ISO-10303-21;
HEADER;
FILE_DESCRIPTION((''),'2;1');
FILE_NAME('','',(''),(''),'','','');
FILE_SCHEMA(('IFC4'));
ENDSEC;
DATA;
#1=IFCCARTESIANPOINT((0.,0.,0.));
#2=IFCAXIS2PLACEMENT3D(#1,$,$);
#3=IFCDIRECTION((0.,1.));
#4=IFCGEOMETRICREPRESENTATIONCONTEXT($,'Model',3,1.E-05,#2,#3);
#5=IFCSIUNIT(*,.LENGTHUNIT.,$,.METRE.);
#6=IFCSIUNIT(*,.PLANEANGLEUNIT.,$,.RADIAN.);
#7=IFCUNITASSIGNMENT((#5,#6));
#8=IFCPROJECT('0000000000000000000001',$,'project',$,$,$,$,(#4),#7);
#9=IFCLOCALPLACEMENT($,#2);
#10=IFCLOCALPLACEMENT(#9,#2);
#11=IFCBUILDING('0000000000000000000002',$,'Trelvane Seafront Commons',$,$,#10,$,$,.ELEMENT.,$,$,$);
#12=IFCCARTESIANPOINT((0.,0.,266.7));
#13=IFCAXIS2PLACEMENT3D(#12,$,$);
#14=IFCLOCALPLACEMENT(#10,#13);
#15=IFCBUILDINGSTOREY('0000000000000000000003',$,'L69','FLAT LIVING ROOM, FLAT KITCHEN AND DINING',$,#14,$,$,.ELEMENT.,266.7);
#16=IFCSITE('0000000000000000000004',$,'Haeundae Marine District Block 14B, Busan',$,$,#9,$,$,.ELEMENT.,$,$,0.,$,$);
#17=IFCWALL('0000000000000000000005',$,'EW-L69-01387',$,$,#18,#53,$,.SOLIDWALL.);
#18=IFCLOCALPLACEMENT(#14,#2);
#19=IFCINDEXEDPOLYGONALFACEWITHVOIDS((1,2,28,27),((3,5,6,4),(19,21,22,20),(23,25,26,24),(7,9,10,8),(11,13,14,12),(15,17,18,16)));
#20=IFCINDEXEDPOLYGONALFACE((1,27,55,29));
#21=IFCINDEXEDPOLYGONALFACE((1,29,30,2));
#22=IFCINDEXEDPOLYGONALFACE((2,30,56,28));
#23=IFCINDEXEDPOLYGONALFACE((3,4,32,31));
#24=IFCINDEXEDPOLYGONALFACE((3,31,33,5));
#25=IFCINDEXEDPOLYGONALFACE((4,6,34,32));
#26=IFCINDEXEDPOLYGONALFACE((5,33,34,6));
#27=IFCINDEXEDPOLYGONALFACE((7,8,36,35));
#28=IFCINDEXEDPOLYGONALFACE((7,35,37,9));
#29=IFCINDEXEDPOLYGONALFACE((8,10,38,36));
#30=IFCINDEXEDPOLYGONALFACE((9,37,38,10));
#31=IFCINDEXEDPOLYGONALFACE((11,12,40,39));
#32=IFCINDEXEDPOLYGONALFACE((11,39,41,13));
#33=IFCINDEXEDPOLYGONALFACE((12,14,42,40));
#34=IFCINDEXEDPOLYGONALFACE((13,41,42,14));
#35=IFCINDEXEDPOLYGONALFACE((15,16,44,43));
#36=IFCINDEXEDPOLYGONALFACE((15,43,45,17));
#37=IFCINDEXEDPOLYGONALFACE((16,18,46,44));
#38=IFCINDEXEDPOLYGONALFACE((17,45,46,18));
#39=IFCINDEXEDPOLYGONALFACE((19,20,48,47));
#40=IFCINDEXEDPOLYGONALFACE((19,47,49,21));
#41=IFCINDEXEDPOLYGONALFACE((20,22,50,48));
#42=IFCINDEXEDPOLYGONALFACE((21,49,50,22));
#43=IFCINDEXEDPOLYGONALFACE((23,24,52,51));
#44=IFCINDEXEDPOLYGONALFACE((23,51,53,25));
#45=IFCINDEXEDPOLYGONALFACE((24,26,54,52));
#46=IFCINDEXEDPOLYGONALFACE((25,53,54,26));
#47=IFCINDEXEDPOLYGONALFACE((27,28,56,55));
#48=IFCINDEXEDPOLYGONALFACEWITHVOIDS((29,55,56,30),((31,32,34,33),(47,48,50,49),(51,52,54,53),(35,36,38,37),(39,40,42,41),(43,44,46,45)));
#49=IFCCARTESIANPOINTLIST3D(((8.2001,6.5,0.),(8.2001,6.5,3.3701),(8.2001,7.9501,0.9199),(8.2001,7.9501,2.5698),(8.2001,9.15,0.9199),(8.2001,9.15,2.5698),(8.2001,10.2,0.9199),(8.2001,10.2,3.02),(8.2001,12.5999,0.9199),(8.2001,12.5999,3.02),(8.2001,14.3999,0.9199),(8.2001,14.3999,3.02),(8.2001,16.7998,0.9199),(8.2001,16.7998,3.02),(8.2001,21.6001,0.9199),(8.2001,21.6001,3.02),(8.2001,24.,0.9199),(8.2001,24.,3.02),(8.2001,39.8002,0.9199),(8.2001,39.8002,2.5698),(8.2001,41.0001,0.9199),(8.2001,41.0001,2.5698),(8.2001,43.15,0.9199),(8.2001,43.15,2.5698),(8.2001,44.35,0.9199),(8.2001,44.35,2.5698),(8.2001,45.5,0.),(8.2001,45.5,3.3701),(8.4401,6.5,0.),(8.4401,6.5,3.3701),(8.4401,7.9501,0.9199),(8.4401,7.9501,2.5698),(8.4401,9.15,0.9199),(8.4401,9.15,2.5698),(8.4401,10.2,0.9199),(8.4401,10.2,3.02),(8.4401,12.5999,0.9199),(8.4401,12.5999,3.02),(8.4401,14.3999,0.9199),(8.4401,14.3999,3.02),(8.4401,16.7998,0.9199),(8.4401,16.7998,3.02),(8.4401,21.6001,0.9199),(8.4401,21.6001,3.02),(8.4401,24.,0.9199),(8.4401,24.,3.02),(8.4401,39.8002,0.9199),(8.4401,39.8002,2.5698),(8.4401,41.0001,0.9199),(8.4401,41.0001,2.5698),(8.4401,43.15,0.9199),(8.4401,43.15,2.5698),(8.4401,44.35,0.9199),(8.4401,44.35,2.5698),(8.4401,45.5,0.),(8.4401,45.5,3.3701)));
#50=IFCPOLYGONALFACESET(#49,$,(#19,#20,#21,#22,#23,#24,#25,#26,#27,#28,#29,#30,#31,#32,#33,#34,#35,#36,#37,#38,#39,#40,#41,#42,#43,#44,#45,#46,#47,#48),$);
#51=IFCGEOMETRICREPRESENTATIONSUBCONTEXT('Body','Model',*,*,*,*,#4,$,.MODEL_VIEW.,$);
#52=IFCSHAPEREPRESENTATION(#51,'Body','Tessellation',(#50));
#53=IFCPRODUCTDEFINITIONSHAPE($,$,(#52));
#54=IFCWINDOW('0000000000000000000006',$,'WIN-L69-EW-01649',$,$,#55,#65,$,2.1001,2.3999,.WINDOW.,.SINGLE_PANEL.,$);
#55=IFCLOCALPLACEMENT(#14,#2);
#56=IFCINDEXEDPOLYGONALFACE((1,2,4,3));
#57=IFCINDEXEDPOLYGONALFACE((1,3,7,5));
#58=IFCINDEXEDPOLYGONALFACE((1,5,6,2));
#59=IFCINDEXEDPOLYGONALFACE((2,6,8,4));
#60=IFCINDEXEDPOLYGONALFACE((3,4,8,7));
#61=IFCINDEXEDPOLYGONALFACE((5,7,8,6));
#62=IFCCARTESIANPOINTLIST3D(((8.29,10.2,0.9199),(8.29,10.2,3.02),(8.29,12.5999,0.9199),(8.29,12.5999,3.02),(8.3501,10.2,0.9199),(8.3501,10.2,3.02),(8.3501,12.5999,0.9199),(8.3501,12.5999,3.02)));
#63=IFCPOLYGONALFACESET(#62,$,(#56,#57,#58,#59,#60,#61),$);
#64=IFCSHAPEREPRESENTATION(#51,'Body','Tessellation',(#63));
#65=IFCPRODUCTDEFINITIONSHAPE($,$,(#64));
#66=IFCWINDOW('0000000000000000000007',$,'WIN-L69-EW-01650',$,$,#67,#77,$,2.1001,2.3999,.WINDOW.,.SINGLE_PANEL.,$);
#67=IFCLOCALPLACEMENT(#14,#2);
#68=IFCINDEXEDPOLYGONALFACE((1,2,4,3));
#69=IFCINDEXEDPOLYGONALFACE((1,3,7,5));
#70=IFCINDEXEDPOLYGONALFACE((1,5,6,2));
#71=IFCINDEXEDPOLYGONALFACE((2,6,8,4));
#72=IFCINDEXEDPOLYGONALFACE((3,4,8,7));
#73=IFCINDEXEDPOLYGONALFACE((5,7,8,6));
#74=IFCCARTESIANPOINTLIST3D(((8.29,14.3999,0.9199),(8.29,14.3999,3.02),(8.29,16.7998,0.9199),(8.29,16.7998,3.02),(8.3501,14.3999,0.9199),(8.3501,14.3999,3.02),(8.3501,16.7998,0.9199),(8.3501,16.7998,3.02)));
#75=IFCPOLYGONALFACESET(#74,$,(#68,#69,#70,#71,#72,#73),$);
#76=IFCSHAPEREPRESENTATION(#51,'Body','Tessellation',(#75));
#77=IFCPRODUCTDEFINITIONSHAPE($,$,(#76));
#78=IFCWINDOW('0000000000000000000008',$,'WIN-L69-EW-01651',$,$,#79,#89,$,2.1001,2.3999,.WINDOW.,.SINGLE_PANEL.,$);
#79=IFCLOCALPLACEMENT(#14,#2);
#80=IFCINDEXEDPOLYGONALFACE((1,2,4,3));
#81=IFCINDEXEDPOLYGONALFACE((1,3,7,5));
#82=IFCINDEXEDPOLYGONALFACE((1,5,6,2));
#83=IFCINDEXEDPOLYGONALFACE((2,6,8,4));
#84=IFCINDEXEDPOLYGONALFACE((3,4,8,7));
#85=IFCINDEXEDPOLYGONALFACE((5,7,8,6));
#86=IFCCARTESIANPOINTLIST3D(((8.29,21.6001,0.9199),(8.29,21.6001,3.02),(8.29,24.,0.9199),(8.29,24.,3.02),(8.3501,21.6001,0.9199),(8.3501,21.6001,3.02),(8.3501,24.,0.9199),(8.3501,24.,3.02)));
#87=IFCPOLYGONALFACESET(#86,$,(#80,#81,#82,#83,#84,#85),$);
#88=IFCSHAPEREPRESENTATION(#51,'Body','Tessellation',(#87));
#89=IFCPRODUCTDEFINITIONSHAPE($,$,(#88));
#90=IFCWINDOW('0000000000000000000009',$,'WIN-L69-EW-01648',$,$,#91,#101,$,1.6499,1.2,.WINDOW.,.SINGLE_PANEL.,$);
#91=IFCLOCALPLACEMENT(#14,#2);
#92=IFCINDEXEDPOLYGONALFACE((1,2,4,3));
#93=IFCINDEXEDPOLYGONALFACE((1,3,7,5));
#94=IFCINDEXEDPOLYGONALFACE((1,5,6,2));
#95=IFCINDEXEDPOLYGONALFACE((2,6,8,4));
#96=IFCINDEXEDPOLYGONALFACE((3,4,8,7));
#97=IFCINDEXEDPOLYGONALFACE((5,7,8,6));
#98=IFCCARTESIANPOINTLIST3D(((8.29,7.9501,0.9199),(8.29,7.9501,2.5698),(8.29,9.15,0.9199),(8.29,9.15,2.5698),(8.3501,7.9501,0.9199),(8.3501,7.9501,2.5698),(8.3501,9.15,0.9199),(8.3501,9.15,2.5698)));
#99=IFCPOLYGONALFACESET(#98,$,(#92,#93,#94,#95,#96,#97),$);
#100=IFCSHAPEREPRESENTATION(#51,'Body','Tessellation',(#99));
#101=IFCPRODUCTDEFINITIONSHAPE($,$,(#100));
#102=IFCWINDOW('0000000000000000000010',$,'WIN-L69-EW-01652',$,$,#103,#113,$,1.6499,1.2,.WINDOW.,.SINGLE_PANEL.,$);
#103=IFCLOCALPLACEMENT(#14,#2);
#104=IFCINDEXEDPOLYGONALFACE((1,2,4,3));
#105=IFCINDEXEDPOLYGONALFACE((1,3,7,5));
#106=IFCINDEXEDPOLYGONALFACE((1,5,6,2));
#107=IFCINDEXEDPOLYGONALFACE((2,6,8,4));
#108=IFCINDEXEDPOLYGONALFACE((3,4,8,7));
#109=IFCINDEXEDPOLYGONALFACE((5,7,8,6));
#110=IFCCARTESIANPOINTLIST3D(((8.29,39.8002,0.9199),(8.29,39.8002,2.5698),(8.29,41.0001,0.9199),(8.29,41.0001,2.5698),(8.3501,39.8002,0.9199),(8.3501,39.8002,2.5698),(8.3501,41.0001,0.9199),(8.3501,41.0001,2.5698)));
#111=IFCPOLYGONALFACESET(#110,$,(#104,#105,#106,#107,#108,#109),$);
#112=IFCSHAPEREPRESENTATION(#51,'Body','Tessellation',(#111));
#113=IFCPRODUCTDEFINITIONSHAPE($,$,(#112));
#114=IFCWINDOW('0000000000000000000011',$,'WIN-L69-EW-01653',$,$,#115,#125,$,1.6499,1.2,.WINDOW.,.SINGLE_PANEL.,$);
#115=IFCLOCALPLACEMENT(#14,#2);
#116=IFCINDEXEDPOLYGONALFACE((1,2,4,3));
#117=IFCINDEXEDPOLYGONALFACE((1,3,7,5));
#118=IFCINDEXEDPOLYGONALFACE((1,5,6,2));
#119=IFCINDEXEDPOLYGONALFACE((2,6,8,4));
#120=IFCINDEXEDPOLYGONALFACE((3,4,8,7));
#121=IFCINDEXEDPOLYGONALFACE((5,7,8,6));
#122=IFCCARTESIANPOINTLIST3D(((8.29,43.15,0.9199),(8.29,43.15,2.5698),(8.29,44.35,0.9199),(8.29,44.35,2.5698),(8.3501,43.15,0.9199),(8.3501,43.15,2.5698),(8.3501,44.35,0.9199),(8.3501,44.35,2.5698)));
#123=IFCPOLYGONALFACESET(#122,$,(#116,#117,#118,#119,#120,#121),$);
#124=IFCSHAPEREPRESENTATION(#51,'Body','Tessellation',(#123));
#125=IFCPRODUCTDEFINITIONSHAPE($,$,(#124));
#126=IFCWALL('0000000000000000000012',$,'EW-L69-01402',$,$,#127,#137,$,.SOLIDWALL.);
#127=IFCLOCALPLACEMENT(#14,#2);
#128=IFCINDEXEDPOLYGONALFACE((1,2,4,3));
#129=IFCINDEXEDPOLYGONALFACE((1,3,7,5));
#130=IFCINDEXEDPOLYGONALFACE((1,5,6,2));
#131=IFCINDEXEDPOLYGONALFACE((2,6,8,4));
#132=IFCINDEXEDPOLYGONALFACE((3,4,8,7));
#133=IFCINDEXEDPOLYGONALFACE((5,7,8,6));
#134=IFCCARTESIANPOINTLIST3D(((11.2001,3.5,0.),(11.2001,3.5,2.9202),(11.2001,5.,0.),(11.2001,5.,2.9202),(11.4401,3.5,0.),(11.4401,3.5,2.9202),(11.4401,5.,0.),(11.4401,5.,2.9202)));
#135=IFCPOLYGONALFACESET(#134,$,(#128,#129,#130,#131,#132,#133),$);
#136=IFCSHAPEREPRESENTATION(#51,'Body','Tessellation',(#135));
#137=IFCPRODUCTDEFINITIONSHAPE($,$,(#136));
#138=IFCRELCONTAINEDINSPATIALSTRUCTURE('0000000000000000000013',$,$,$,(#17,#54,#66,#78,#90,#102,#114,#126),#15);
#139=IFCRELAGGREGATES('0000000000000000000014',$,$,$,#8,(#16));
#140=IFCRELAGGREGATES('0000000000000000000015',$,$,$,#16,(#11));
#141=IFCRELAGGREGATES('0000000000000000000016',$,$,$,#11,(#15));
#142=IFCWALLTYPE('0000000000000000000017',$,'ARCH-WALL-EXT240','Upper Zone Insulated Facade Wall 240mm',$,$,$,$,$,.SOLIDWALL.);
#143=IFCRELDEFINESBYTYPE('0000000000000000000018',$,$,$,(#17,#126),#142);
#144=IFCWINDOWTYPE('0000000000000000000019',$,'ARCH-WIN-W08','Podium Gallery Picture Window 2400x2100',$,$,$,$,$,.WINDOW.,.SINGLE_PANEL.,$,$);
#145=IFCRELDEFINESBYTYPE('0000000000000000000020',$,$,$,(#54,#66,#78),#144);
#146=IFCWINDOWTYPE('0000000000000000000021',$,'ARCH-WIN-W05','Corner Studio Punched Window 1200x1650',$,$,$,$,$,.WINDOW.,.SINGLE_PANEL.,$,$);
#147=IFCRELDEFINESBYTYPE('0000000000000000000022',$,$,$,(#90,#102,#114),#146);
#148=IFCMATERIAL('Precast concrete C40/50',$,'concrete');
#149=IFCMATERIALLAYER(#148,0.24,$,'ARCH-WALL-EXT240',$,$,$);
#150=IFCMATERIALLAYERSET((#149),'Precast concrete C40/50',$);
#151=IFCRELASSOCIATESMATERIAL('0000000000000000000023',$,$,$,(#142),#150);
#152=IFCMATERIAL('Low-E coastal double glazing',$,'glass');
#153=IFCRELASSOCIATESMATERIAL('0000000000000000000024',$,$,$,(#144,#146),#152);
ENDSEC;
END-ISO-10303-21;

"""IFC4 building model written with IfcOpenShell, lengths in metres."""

from ifc_helpers import new_model, si_unit, direction, frame, frame_2d, origin, place, context, subcontext, project, spatial, rectangle, extrude, source, transform, mapped, material, layer, layer_set, type_object, element, fill, save


model = new_model("IFC4")

# Units and contexts
model_context = context("Model", 3, precision=1e-05, world=origin(), true_north=direction((0.0, 1.0)))
body_context = subcontext(model_context, "Body", "Model", "MODEL_VIEW")
ifc_project = project(units=[si_unit("LENGTHUNIT", "METRE"), si_unit("PLANEANGLEUNIT", "RADIAN")], contexts=[model_context])

# Site, building, storey
site_placement = place(None, origin())
site = spatial("IfcSite", under=ifc_project, at=site_placement, Name="Haeundae Marine District Block 14B, Busan", CompositionType="ELEMENT", RefElevation=0.0)
building_placement = place(site_placement, origin())
building = spatial("IfcBuilding", under=site, at=building_placement, Name="Trelvane Seafront Commons", CompositionType="ELEMENT")
storey_placement = place(building_placement, frame((0.0, 0.0, 266.7)))
storey = spatial("IfcBuildingStorey", under=building, at=storey_placement, Name="L69", Description="FLAT LIVING ROOM, FLAT KITCHEN AND DINING", CompositionType="ELEMENT", Elevation=266.7)

# Shared definitions
ifc_material_1 = material(Name="Precast concrete C40/50", Category="concrete")
ifc_layer_1 = layer(ifc_material_1, 0.24, Name="ARCH-WALL-EXT240")
ifc_layer_set_1 = layer_set([ifc_layer_1], Name="Precast concrete C40/50")
wall_type_1 = type_object("IfcWallType", Name="ARCH-WALL-EXT240", Description="Upper Zone Insulated Facade Wall 240mm", PredefinedType="SOLIDWALL", material=ifc_layer_set_1)

# Wall, openings, windows
wall_1_placement = place(storey_placement, frame((8.3201, 6.5, 0.0), z_axis=(0.0, 0.0, 1.0), x_axis=(0.0, 1.0, 0.0)))
wall_1 = element("IfcWall", 1, at=wall_1_placement, inside=storey, type_object=wall_type_1, Name="EW-L69-01387", PredefinedType="SOLIDWALL", context=body_context, shape_type="SweptSolid", body=[
    extrude(rectangle(XDim=39.0, YDim=0.24, at=frame_2d((19.5, 0.0))), origin(), (0.0, 0.0, 1.0), 3.3701),
])
opening_1_placement = place(wall_1_placement, frame((1.45, 0.0, 0.9199)))
opening_1 = element("IfcOpeningElement", 2, at=opening_1_placement, cuts=wall_1, PredefinedType="OPENING", context=body_context, shape_type="SweptSolid", body=[
    extrude(rectangle(XDim=1.2, YDim=1.6499, at=frame_2d((0.6001, 0.825))), frame((0.0, 0.1299, 0.0), z_axis=(0.0, -1.0, 0.0), x_axis=(1.0, 0.0, 0.0)), (0.0, 0.0, 1.0), 0.26),
])
opening_2_placement = place(wall_1_placement, frame((3.7, 0.0, 0.9199)))
opening_2 = element("IfcOpeningElement", 3, at=opening_2_placement, cuts=wall_1, PredefinedType="OPENING", context=body_context, shape_type="SweptSolid", body=[
    extrude(rectangle(XDim=2.3999, YDim=2.1001, at=frame_2d((1.2, 1.05))), frame((0.0, 0.1299, 0.0), z_axis=(0.0, -1.0, 0.0), x_axis=(1.0, 0.0, 0.0)), (0.0, 0.0, 1.0), 0.26),
])
opening_3_placement = place(wall_1_placement, frame((7.8999, 0.0, 0.9199)))
opening_3 = element("IfcOpeningElement", 4, at=opening_3_placement, cuts=wall_1, PredefinedType="OPENING", context=body_context, shape_type="SweptSolid", body=[
    extrude(rectangle(XDim=2.3999, YDim=2.1001, at=frame_2d((1.2, 1.05))), frame((0.0, 0.1299, 0.0), z_axis=(0.0, -1.0, 0.0), x_axis=(1.0, 0.0, 0.0)), (0.0, 0.0, 1.0), 0.26),
])
opening_4_placement = place(wall_1_placement, frame((15.1001, 0.0, 0.9199)))
opening_4 = element("IfcOpeningElement", 5, at=opening_4_placement, cuts=wall_1, PredefinedType="OPENING", context=body_context, shape_type="SweptSolid", body=[
    extrude(rectangle(XDim=2.3999, YDim=2.1001, at=frame_2d((1.2, 1.05))), frame((0.0, 0.1299, 0.0), z_axis=(0.0, -1.0, 0.0), x_axis=(1.0, 0.0, 0.0)), (0.0, 0.0, 1.0), 0.26),
])
opening_5_placement = place(wall_1_placement, frame((33.3, 0.0, 0.9199)))
opening_5 = element("IfcOpeningElement", 6, at=opening_5_placement, cuts=wall_1, PredefinedType="OPENING", context=body_context, shape_type="SweptSolid", body=[
    extrude(rectangle(XDim=1.2, YDim=1.6499, at=frame_2d((0.6001, 0.825))), frame((0.0, 0.1299, 0.0), z_axis=(0.0, -1.0, 0.0), x_axis=(1.0, 0.0, 0.0)), (0.0, 0.0, 1.0), 0.26),
])
opening_6_placement = place(wall_1_placement, frame((36.6499, 0.0, 0.9199)))
opening_6 = element("IfcOpeningElement", 7, at=opening_6_placement, cuts=wall_1, PredefinedType="OPENING", context=body_context, shape_type="SweptSolid", body=[
    extrude(rectangle(XDim=1.2, YDim=1.6499, at=frame_2d((0.6001, 0.825))), frame((0.0, 0.1299, 0.0), z_axis=(0.0, -1.0, 0.0), x_axis=(1.0, 0.0, 0.0)), (0.0, 0.0, 1.0), 0.26),
])
ifc_material_2 = material(Name="Low-E coastal double glazing", Category="glass")
window_type_1 = type_object("IfcWindowType", Name="ARCH-WIN-W08", Description="Podium Gallery Picture Window 2400x2100", PartitioningType="SINGLE_PANEL", PredefinedType="WINDOW", material=ifc_material_2)
shared_shape_1 = source(origin(), body_context, "Body", "SweptSolid", [
    extrude(rectangle(XDim=2.3999, YDim=2.1001, at=frame_2d((1.2, 1.05))), frame((0.0, 0.03, 0.0), z_axis=(0.0, -1.0, 0.0), x_axis=(1.0, 0.0, 0.0)), (0.0, 0.0, 1.0), 0.0601),
])
window_1_placement = place(opening_2_placement, origin())
window_1 = element("IfcWindow", 8, at=window_1_placement, inside=storey, type_object=window_type_1, Name="WIN-L69-EW-01649", OverallHeight=2.1001, OverallWidth=2.3999, PartitioningType="SINGLE_PANEL", PredefinedType="WINDOW", context=body_context, shape_type="MappedRepresentation", body=[
    mapped(shared_shape_1, transform((0.0, 0.0, 0.0), x_axis=(1.0, 0.0, 0.0), y_axis=(0.0, 1.0, 0.0), z_axis=(0.0, 0.0, 1.0), scale=1.0)),
])
fill(opening_2, window_1)
window_2_placement = place(opening_3_placement, origin())
window_2 = element("IfcWindow", 9, at=window_2_placement, inside=storey, type_object=window_type_1, Name="WIN-L69-EW-01650", OverallHeight=2.1001, OverallWidth=2.3999, PartitioningType="SINGLE_PANEL", PredefinedType="WINDOW", context=body_context, shape_type="MappedRepresentation", body=[
    mapped(shared_shape_1, transform((0.0, 0.0, 0.0), x_axis=(1.0, 0.0, 0.0), y_axis=(0.0, 1.0, 0.0), z_axis=(0.0, 0.0, 1.0), scale=1.0)),
])
fill(opening_3, window_2)
window_3_placement = place(opening_4_placement, origin())
window_3 = element("IfcWindow", 10, at=window_3_placement, inside=storey, type_object=window_type_1, Name="WIN-L69-EW-01651", OverallHeight=2.1001, OverallWidth=2.3999, PartitioningType="SINGLE_PANEL", PredefinedType="WINDOW", context=body_context, shape_type="MappedRepresentation", body=[
    mapped(shared_shape_1, transform((0.0, 0.0, 0.0), x_axis=(1.0, 0.0, 0.0), y_axis=(0.0, 1.0, 0.0), z_axis=(0.0, 0.0, 1.0), scale=1.0)),
])
fill(opening_4, window_3)
window_type_2 = type_object("IfcWindowType", Name="ARCH-WIN-W05", Description="Corner Studio Punched Window 1200x1650", PartitioningType="SINGLE_PANEL", PredefinedType="WINDOW", material=ifc_material_2)
shared_shape_2 = source(origin(), body_context, "Body", "SweptSolid", [
    extrude(rectangle(XDim=1.2, YDim=1.6499, at=frame_2d((0.6001, 0.825))), frame((0.0, 0.03, 0.0), z_axis=(0.0, -1.0, 0.0), x_axis=(1.0, 0.0, 0.0)), (0.0, 0.0, 1.0), 0.0601),
])
window_4_placement = place(opening_1_placement, origin())
window_4 = element("IfcWindow", 11, at=window_4_placement, inside=storey, type_object=window_type_2, Name="WIN-L69-EW-01648", OverallHeight=1.6499, OverallWidth=1.2, PartitioningType="SINGLE_PANEL", PredefinedType="WINDOW", context=body_context, shape_type="MappedRepresentation", body=[
    mapped(shared_shape_2, transform((0.0, 0.0, 0.0), x_axis=(1.0, 0.0, 0.0), y_axis=(0.0, 1.0, 0.0), z_axis=(0.0, 0.0, 1.0), scale=1.0)),
])
fill(opening_1, window_4)
window_5_placement = place(opening_5_placement, origin())
window_5 = element("IfcWindow", 12, at=window_5_placement, inside=storey, type_object=window_type_2, Name="WIN-L69-EW-01652", OverallHeight=1.6499, OverallWidth=1.2, PartitioningType="SINGLE_PANEL", PredefinedType="WINDOW", context=body_context, shape_type="MappedRepresentation", body=[
    mapped(shared_shape_2, transform((0.0, 0.0, 0.0), x_axis=(1.0, 0.0, 0.0), y_axis=(0.0, 1.0, 0.0), z_axis=(0.0, 0.0, 1.0), scale=1.0)),
])
fill(opening_5, window_5)
window_6_placement = place(opening_6_placement, origin())
window_6 = element("IfcWindow", 13, at=window_6_placement, inside=storey, type_object=window_type_2, Name="WIN-L69-EW-01653", OverallHeight=1.6499, OverallWidth=1.2, PartitioningType="SINGLE_PANEL", PredefinedType="WINDOW", context=body_context, shape_type="MappedRepresentation", body=[
    mapped(shared_shape_2, transform((0.0, 0.0, 0.0), x_axis=(1.0, 0.0, 0.0), y_axis=(0.0, 1.0, 0.0), z_axis=(0.0, 0.0, 1.0), scale=1.0)),
])
fill(opening_6, window_6)

# Wall
wall_2_placement = place(storey_placement, frame((11.3201, 3.5, 0.0), z_axis=(0.0, 0.0, 1.0), x_axis=(0.0, 1.0, 0.0)))
element("IfcWall", 14, at=wall_2_placement, inside=storey, type_object=wall_type_1, Name="EW-L69-01402", PredefinedType="SOLIDWALL", context=body_context, shape_type="SweptSolid", body=[
    extrude(rectangle(XDim=1.5, YDim=0.24, at=frame_2d((0.75, 0.0))), origin(), (0.0, 0.0, 1.0), 2.9202),
])

save(model, "model.ifc")
